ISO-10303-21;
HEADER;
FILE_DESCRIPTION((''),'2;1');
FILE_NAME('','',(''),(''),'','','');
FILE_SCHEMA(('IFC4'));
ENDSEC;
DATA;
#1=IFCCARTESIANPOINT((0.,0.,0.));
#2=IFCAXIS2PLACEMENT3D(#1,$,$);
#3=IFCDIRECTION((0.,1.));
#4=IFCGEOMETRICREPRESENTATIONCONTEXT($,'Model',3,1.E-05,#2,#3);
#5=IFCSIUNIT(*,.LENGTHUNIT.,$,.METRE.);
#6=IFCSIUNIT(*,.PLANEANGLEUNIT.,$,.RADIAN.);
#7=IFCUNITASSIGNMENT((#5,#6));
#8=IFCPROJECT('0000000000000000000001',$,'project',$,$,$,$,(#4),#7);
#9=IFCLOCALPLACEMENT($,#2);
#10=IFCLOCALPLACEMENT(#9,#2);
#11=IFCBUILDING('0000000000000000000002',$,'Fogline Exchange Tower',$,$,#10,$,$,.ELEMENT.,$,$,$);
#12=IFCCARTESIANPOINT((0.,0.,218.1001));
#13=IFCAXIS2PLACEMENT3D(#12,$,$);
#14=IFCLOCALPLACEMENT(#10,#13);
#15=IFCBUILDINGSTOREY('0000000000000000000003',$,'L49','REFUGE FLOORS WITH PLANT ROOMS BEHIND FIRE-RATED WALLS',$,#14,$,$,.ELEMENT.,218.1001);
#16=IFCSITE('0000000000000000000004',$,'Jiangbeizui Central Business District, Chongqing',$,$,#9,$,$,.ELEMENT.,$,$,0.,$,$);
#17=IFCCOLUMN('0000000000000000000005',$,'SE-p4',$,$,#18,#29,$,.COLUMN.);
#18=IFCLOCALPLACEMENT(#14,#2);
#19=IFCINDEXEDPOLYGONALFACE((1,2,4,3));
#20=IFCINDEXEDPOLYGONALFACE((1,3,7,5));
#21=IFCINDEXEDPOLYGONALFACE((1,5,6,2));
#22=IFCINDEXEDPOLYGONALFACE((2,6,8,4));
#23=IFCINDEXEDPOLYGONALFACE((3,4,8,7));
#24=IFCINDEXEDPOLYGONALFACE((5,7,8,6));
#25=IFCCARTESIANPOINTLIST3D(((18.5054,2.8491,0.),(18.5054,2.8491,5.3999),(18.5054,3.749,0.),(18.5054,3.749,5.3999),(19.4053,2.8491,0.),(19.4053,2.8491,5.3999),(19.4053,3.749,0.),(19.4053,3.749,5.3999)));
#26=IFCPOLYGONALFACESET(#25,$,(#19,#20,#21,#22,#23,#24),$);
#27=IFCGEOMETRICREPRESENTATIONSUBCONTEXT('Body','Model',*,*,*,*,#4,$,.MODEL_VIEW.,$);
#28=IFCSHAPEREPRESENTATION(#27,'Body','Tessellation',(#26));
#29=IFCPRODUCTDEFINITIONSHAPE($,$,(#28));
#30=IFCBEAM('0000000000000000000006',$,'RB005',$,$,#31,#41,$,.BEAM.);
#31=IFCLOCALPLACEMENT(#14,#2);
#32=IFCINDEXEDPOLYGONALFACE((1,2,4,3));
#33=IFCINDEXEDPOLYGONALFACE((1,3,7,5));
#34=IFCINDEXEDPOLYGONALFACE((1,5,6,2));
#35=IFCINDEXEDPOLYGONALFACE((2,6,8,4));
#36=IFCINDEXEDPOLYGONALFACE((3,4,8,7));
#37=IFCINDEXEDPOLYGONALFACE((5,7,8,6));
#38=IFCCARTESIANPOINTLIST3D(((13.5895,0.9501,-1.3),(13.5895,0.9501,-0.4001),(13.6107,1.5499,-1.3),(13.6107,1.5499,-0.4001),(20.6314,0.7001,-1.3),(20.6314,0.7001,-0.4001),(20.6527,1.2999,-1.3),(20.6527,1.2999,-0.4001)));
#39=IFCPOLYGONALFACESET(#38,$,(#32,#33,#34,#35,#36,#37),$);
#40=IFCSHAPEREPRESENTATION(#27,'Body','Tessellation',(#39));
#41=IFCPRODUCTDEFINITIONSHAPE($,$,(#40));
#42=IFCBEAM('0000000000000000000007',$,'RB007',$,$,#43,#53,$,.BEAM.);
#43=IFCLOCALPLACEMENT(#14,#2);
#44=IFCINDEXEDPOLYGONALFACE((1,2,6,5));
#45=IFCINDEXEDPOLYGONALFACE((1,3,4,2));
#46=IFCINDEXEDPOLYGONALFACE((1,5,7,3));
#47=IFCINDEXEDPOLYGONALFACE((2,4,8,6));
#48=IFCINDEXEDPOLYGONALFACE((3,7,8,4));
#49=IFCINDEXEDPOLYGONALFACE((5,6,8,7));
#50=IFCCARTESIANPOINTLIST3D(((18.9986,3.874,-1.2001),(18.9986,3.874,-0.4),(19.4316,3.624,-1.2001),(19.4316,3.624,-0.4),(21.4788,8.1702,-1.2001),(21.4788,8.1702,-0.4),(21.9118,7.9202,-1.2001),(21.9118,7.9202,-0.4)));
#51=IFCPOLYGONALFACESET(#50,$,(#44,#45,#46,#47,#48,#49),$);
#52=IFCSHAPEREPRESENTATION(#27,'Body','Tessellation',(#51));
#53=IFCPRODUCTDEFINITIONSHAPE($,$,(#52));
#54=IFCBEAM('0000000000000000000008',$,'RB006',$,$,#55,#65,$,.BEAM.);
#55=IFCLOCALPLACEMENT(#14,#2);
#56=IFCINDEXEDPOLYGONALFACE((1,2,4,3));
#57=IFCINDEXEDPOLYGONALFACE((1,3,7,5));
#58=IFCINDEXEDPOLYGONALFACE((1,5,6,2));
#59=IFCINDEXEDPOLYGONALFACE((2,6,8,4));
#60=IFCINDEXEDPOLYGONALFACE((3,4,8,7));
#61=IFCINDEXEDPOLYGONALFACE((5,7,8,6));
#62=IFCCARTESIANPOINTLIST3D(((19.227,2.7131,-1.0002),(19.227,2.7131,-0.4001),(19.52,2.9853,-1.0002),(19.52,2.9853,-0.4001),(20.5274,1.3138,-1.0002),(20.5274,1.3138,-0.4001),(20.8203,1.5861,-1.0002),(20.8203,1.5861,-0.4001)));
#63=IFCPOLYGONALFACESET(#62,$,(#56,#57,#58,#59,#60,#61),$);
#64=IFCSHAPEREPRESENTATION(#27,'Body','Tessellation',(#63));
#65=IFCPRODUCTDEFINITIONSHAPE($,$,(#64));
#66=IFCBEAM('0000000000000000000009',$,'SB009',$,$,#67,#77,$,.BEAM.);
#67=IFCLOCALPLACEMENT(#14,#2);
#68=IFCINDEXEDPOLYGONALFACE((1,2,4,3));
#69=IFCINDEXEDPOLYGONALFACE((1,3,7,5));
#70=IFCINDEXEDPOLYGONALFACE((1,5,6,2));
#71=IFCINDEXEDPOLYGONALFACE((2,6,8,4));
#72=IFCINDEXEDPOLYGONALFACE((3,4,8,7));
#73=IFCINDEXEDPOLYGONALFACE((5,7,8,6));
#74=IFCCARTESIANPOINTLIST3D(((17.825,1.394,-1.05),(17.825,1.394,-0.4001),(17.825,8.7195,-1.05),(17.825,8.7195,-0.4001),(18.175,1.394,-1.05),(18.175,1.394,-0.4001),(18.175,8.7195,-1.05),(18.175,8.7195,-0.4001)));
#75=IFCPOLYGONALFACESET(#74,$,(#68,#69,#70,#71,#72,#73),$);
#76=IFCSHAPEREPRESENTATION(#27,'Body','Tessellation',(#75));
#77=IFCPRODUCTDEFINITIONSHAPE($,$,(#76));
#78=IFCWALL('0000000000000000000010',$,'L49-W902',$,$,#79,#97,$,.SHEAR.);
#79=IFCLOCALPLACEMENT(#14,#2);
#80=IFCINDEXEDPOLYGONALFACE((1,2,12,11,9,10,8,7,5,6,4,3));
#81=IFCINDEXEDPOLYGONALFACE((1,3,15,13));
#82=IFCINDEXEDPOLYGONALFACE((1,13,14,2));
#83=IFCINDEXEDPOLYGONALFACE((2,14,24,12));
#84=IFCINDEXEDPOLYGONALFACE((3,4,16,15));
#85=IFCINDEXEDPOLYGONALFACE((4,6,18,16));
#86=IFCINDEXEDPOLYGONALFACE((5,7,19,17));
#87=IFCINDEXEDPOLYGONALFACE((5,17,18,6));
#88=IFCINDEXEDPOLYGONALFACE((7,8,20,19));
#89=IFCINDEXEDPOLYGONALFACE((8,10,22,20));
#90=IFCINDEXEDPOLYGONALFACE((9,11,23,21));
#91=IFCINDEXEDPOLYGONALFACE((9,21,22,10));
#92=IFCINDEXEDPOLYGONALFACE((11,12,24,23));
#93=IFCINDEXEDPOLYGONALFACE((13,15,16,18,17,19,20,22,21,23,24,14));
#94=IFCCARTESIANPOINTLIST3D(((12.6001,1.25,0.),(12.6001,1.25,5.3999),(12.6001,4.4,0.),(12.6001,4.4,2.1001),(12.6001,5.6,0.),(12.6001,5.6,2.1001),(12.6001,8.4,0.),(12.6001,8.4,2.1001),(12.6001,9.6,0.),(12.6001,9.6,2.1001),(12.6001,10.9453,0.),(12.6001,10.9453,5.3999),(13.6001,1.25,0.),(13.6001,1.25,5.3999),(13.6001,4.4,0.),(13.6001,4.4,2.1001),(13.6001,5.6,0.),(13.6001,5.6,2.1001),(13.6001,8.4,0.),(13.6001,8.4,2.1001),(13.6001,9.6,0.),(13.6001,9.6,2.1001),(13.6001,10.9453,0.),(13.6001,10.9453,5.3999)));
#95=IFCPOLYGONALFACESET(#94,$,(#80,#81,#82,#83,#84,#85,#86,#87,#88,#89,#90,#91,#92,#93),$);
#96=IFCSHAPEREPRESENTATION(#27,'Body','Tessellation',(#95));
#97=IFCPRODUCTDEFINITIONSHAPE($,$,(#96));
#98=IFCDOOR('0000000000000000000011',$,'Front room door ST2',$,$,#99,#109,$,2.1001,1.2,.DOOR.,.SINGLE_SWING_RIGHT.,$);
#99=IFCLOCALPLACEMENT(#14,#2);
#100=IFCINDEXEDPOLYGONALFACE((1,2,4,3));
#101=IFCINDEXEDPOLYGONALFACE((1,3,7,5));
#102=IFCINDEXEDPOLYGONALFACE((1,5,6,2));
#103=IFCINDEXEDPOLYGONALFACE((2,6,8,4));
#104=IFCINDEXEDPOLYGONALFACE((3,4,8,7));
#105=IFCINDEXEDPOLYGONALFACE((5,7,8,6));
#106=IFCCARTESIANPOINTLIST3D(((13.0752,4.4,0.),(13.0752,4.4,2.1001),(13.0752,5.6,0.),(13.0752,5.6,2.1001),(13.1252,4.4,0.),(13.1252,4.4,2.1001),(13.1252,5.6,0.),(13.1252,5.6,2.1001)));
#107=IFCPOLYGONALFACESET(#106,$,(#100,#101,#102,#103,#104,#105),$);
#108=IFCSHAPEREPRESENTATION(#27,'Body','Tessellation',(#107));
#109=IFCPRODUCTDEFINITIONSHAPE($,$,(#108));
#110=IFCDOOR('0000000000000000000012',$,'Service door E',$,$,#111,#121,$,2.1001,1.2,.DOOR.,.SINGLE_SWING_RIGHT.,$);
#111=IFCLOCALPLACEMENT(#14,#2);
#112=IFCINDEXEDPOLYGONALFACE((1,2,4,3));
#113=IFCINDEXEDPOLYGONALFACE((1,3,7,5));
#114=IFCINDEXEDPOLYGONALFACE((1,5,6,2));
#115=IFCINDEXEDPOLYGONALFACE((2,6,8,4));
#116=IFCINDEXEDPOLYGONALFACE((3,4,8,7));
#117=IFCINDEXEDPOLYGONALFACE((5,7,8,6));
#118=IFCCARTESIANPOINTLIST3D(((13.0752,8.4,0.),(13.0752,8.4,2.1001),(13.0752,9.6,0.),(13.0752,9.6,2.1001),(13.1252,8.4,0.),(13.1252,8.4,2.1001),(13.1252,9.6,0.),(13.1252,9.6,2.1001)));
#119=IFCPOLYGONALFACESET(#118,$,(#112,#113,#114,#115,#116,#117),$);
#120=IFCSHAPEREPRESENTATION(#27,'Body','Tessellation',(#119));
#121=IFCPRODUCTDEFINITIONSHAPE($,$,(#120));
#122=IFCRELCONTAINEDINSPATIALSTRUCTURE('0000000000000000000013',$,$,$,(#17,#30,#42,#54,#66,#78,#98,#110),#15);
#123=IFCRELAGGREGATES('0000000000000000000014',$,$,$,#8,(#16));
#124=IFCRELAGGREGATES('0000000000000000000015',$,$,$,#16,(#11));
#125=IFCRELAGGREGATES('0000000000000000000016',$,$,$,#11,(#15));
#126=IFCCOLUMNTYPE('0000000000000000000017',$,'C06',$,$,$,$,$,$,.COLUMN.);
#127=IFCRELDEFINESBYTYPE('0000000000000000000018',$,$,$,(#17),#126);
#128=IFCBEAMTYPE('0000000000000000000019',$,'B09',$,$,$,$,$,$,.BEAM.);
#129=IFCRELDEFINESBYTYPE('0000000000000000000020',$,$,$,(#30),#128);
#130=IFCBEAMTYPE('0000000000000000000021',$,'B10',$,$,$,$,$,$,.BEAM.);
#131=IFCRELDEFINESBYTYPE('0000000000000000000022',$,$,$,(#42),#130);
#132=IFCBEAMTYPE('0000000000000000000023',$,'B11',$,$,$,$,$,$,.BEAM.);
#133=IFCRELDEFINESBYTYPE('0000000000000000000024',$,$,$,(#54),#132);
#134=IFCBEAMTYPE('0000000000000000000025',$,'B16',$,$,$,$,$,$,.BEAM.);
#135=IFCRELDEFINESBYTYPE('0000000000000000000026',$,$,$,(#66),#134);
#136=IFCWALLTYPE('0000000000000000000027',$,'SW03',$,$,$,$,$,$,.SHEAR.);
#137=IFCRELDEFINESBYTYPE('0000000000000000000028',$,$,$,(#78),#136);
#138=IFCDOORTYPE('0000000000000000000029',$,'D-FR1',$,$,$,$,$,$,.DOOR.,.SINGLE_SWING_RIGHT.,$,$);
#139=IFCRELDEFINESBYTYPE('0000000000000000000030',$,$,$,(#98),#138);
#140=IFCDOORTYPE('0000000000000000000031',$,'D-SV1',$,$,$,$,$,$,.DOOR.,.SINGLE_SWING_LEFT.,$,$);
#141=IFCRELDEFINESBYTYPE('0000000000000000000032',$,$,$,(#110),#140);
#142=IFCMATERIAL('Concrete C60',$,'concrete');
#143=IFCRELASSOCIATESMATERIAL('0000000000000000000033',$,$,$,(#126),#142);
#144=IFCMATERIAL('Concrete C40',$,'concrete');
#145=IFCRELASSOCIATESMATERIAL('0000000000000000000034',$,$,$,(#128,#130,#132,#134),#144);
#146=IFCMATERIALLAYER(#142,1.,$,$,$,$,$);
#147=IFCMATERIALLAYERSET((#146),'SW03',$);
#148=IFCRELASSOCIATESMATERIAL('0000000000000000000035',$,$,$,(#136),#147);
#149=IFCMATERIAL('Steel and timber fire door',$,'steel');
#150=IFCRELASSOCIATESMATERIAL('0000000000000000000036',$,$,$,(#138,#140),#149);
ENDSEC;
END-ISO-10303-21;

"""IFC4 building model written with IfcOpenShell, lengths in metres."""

from ifc_helpers import new_model, si_unit, direction, frame, frame_2d, origin, origin_2d, place, context, subcontext, project, spatial, rectangle, extrude, material, layer, layer_set, material_profile, profile_set, type_object, element, fill, save


model = new_model("IFC4")

# Units and contexts
model_context = context("Model", 3, precision=1e-05, world=origin(), true_north=direction((0.0, 1.0)))
body_context = subcontext(model_context, "Body", "Model", "MODEL_VIEW")
ifc_project = project(units=[si_unit("LENGTHUNIT", "METRE"), si_unit("PLANEANGLEUNIT", "RADIAN")], contexts=[model_context])

# Site, building, storey
site_placement = place(None, origin())
site = spatial("IfcSite", under=ifc_project, at=site_placement, Name="Jiangbeizui Central Business District, Chongqing", CompositionType="ELEMENT", RefElevation=0.0)
building_placement = place(site_placement, origin())
building = spatial("IfcBuilding", under=site, at=building_placement, Name="Fogline Exchange Tower", CompositionType="ELEMENT")
storey_placement = place(building_placement, frame((0.0, 0.0, 218.1001)))
storey = spatial("IfcBuildingStorey", under=building, at=storey_placement, Name="L49", Description="REFUGE FLOORS WITH PLANT ROOMS BEHIND FIRE-RATED WALLS", CompositionType="ELEMENT", Elevation=218.1001)

# Column
ifc_material_1 = material(Name="Concrete C60", Category="concrete")
ifc_material_profile_1 = material_profile(ifc_material_1, rectangle(XDim=0.8999, YDim=0.8999, at=origin_2d()), Name="RC 900x900")
ifc_profile_set_1 = profile_set([ifc_material_profile_1], Name="Concrete C60")
column_type = type_object("IfcColumnType", Name="C06", PredefinedType="COLUMN", material=ifc_profile_set_1)
column_placement = place(storey_placement, frame((18.9553, 3.2991, 0.0), z_axis=(0.0, 0.0, 1.0), x_axis=(1.0, 0.0, 0.0)))
element("IfcColumn", 1, at=column_placement, inside=storey, type_object=column_type, Name="SE-p4", PredefinedType="COLUMN", context=body_context, shape_type="SweptSolid", body=[
    extrude(rectangle(XDim=0.8999, YDim=0.8999, at=origin_2d()), origin(), (0.0, 0.0, 1.0), 5.3999),
])

# Beams
ifc_material_2 = material(Name="Concrete C40", Category="concrete")
ifc_material_profile_2 = material_profile(ifc_material_2, rectangle(XDim=0.6001, YDim=0.8999, at=origin_2d()), Name="RC 600x900")
ifc_profile_set_2 = profile_set([ifc_material_profile_2], Name="Concrete C40")
beam_type_1 = type_object("IfcBeamType", Name="B09", PredefinedType="BEAM", material=ifc_profile_set_2)
beam_1_placement = place(storey_placement, frame((13.6001, 1.25, -0.8501), z_axis=(0.99937, -0.035479, 0.0), x_axis=(0.035479, 0.99937, 0.0)))
element("IfcBeam", 2, at=beam_1_placement, inside=storey, type_object=beam_type_1, Name="RB005", PredefinedType="BEAM", context=body_context, shape_type="SweptSolid", body=[
    extrude(rectangle(XDim=0.6001, YDim=0.8999, at=origin_2d()), origin(), (0.0, 0.0, 1.0), 7.0464),
])
ifc_material_profile_3 = material_profile(ifc_material_2, rectangle(XDim=0.5, YDim=0.8, at=origin_2d()), Name="RC 500x800")
ifc_profile_set_3 = profile_set([ifc_material_profile_3], Name="Concrete C40")
beam_type_2 = type_object("IfcBeamType", Name="B10", PredefinedType="BEAM", material=ifc_profile_set_3)
beam_2_placement = place(storey_placement, frame((19.2151, 3.749, -0.8), z_axis=(0.499977, 0.866039, 0.0), x_axis=(-0.866039, 0.499977, 0.0)))
element("IfcBeam", 3, at=beam_2_placement, inside=storey, type_object=beam_type_2, Name="RB007", PredefinedType="BEAM", context=body_context, shape_type="SweptSolid", body=[
    extrude(rectangle(XDim=0.5, YDim=0.8, at=origin_2d()), origin(), (0.0, 0.0, 1.0), 4.9607),
])
ifc_material_profile_4 = material_profile(ifc_material_2, rectangle(XDim=0.3999, YDim=0.6001, at=origin_2d()), Name="RC 400x600")
ifc_profile_set_4 = profile_set([ifc_material_profile_4], Name="Concrete C40")
beam_type_3 = type_object("IfcBeamType", Name="B11", PredefinedType="BEAM", material=ifc_profile_set_4)
beam_3_placement = place(storey_placement, frame((20.6738, 1.45, -0.7002), z_axis=(-0.68075, 0.732516, 0.0), x_axis=(-0.732516, -0.68075, 0.0)))
element("IfcBeam", 4, at=beam_3_placement, inside=storey, type_object=beam_type_3, Name="RB006", PredefinedType="BEAM", context=body_context, shape_type="SweptSolid", body=[
    extrude(rectangle(XDim=0.3999, YDim=0.6001, at=origin_2d()), origin(), (0.0, 0.0, 1.0), 1.9102),
])
ifc_material_profile_5 = material_profile(ifc_material_2, rectangle(XDim=0.3501, YDim=0.6499, at=origin_2d()), Name="RC 350x650")
ifc_profile_set_5 = profile_set([ifc_material_profile_5], Name="Concrete C40")
beam_type_4 = type_object("IfcBeamType", Name="B16", PredefinedType="BEAM", material=ifc_profile_set_5)
beam_4_placement = place(storey_placement, frame((18.0, 1.394, -0.7251), z_axis=(0.0, 1.0, 0.0), x_axis=(-1.0, 0.0, 0.0)))
element("IfcBeam", 5, at=beam_4_placement, inside=storey, type_object=beam_type_4, Name="SB009", PredefinedType="BEAM", context=body_context, shape_type="SweptSolid", body=[
    extrude(rectangle(XDim=0.3501, YDim=0.6499, at=origin_2d()), origin(), (0.0, 0.0, 1.0), 7.3254),
])

# Wall, openings, doors
ifc_layer = layer(ifc_material_1, 1.0)
ifc_layer_set = layer_set([ifc_layer], Name="SW03")
wall_type = type_object("IfcWallType", Name="SW03", PredefinedType="SHEAR", material=ifc_layer_set)
wall_placement = place(storey_placement, frame((13.1001, 1.25, 0.0), z_axis=(0.0, 0.0, 1.0), x_axis=(0.0, 1.0, 0.0)))
wall = element("IfcWall", 6, at=wall_placement, inside=storey, type_object=wall_type, Name="L49-W902", PredefinedType="SHEAR", context=body_context, shape_type="SweptSolid", body=[
    extrude(rectangle(XDim=9.6953, YDim=1.0, at=frame_2d((4.8477, 0.0))), origin(), (0.0, 0.0, 1.0), 5.3999),
])
opening_1_placement = place(wall_placement, frame((3.1499, 0.0, 0.0)))
opening_1 = element("IfcOpeningElement", 7, at=opening_1_placement, cuts=wall, PredefinedType="OPENING", context=body_context, shape_type="SweptSolid", body=[
    extrude(rectangle(XDim=1.2, YDim=2.1001, at=frame_2d((0.6001, 1.05))), frame((0.0, 0.51, 0.0), z_axis=(0.0, -1.0, 0.0), x_axis=(1.0, 0.0, 0.0)), (0.0, 0.0, 1.0), 1.02),
])
opening_2_placement = place(wall_placement, frame((7.1499, 0.0, 0.0)))
opening_2 = element("IfcOpeningElement", 8, at=opening_2_placement, cuts=wall, PredefinedType="OPENING", context=body_context, shape_type="SweptSolid", body=[
    extrude(rectangle(XDim=1.2, YDim=2.1001, at=frame_2d((0.6001, 1.05))), frame((0.0, 0.51, 0.0), z_axis=(0.0, -1.0, 0.0), x_axis=(1.0, 0.0, 0.0)), (0.0, 0.0, 1.0), 1.02),
])
ifc_material_3 = material(Name="Steel and timber fire door", Category="steel")
door_type_1 = type_object("IfcDoorType", Name="D-FR1", OperationType="SINGLE_SWING_RIGHT", PredefinedType="DOOR", material=ifc_material_3)
door_1_placement = place(opening_1_placement, origin())
door_1 = element("IfcDoor", 9, at=door_1_placement, inside=storey, type_object=door_type_1, Name="Front room door ST2", OperationType="SINGLE_SWING_RIGHT", OverallHeight=2.1001, OverallWidth=1.2, PredefinedType="DOOR", context=body_context, shape_type="SweptSolid", body=[
    extrude(rectangle(XDim=1.2, YDim=2.1001, at=frame_2d((0.6001, 1.05))), frame((0.0, 0.0249, 0.0), z_axis=(0.0, -1.0, 0.0), x_axis=(1.0, 0.0, 0.0)), (0.0, 0.0, 1.0), 0.05),
])
fill(opening_1, door_1)
door_type_2 = type_object("IfcDoorType", Name="D-SV1", OperationType="SINGLE_SWING_LEFT", PredefinedType="DOOR", material=ifc_material_3)
door_2_placement = place(opening_2_placement, origin())
door_2 = element("IfcDoor", 10, at=door_2_placement, inside=storey, type_object=door_type_2, Name="Service door E", OperationType="SINGLE_SWING_RIGHT", OverallHeight=2.1001, OverallWidth=1.2, PredefinedType="DOOR", context=body_context, shape_type="SweptSolid", body=[
    extrude(rectangle(XDim=1.2, YDim=2.1001, at=frame_2d((0.6001, 1.05))), frame((0.0, 0.0249, 0.0), z_axis=(0.0, -1.0, 0.0), x_axis=(1.0, 0.0, 0.0)), (0.0, 0.0, 1.0), 0.05),
])
fill(opening_2, door_2)

save(model, "model.ifc")
